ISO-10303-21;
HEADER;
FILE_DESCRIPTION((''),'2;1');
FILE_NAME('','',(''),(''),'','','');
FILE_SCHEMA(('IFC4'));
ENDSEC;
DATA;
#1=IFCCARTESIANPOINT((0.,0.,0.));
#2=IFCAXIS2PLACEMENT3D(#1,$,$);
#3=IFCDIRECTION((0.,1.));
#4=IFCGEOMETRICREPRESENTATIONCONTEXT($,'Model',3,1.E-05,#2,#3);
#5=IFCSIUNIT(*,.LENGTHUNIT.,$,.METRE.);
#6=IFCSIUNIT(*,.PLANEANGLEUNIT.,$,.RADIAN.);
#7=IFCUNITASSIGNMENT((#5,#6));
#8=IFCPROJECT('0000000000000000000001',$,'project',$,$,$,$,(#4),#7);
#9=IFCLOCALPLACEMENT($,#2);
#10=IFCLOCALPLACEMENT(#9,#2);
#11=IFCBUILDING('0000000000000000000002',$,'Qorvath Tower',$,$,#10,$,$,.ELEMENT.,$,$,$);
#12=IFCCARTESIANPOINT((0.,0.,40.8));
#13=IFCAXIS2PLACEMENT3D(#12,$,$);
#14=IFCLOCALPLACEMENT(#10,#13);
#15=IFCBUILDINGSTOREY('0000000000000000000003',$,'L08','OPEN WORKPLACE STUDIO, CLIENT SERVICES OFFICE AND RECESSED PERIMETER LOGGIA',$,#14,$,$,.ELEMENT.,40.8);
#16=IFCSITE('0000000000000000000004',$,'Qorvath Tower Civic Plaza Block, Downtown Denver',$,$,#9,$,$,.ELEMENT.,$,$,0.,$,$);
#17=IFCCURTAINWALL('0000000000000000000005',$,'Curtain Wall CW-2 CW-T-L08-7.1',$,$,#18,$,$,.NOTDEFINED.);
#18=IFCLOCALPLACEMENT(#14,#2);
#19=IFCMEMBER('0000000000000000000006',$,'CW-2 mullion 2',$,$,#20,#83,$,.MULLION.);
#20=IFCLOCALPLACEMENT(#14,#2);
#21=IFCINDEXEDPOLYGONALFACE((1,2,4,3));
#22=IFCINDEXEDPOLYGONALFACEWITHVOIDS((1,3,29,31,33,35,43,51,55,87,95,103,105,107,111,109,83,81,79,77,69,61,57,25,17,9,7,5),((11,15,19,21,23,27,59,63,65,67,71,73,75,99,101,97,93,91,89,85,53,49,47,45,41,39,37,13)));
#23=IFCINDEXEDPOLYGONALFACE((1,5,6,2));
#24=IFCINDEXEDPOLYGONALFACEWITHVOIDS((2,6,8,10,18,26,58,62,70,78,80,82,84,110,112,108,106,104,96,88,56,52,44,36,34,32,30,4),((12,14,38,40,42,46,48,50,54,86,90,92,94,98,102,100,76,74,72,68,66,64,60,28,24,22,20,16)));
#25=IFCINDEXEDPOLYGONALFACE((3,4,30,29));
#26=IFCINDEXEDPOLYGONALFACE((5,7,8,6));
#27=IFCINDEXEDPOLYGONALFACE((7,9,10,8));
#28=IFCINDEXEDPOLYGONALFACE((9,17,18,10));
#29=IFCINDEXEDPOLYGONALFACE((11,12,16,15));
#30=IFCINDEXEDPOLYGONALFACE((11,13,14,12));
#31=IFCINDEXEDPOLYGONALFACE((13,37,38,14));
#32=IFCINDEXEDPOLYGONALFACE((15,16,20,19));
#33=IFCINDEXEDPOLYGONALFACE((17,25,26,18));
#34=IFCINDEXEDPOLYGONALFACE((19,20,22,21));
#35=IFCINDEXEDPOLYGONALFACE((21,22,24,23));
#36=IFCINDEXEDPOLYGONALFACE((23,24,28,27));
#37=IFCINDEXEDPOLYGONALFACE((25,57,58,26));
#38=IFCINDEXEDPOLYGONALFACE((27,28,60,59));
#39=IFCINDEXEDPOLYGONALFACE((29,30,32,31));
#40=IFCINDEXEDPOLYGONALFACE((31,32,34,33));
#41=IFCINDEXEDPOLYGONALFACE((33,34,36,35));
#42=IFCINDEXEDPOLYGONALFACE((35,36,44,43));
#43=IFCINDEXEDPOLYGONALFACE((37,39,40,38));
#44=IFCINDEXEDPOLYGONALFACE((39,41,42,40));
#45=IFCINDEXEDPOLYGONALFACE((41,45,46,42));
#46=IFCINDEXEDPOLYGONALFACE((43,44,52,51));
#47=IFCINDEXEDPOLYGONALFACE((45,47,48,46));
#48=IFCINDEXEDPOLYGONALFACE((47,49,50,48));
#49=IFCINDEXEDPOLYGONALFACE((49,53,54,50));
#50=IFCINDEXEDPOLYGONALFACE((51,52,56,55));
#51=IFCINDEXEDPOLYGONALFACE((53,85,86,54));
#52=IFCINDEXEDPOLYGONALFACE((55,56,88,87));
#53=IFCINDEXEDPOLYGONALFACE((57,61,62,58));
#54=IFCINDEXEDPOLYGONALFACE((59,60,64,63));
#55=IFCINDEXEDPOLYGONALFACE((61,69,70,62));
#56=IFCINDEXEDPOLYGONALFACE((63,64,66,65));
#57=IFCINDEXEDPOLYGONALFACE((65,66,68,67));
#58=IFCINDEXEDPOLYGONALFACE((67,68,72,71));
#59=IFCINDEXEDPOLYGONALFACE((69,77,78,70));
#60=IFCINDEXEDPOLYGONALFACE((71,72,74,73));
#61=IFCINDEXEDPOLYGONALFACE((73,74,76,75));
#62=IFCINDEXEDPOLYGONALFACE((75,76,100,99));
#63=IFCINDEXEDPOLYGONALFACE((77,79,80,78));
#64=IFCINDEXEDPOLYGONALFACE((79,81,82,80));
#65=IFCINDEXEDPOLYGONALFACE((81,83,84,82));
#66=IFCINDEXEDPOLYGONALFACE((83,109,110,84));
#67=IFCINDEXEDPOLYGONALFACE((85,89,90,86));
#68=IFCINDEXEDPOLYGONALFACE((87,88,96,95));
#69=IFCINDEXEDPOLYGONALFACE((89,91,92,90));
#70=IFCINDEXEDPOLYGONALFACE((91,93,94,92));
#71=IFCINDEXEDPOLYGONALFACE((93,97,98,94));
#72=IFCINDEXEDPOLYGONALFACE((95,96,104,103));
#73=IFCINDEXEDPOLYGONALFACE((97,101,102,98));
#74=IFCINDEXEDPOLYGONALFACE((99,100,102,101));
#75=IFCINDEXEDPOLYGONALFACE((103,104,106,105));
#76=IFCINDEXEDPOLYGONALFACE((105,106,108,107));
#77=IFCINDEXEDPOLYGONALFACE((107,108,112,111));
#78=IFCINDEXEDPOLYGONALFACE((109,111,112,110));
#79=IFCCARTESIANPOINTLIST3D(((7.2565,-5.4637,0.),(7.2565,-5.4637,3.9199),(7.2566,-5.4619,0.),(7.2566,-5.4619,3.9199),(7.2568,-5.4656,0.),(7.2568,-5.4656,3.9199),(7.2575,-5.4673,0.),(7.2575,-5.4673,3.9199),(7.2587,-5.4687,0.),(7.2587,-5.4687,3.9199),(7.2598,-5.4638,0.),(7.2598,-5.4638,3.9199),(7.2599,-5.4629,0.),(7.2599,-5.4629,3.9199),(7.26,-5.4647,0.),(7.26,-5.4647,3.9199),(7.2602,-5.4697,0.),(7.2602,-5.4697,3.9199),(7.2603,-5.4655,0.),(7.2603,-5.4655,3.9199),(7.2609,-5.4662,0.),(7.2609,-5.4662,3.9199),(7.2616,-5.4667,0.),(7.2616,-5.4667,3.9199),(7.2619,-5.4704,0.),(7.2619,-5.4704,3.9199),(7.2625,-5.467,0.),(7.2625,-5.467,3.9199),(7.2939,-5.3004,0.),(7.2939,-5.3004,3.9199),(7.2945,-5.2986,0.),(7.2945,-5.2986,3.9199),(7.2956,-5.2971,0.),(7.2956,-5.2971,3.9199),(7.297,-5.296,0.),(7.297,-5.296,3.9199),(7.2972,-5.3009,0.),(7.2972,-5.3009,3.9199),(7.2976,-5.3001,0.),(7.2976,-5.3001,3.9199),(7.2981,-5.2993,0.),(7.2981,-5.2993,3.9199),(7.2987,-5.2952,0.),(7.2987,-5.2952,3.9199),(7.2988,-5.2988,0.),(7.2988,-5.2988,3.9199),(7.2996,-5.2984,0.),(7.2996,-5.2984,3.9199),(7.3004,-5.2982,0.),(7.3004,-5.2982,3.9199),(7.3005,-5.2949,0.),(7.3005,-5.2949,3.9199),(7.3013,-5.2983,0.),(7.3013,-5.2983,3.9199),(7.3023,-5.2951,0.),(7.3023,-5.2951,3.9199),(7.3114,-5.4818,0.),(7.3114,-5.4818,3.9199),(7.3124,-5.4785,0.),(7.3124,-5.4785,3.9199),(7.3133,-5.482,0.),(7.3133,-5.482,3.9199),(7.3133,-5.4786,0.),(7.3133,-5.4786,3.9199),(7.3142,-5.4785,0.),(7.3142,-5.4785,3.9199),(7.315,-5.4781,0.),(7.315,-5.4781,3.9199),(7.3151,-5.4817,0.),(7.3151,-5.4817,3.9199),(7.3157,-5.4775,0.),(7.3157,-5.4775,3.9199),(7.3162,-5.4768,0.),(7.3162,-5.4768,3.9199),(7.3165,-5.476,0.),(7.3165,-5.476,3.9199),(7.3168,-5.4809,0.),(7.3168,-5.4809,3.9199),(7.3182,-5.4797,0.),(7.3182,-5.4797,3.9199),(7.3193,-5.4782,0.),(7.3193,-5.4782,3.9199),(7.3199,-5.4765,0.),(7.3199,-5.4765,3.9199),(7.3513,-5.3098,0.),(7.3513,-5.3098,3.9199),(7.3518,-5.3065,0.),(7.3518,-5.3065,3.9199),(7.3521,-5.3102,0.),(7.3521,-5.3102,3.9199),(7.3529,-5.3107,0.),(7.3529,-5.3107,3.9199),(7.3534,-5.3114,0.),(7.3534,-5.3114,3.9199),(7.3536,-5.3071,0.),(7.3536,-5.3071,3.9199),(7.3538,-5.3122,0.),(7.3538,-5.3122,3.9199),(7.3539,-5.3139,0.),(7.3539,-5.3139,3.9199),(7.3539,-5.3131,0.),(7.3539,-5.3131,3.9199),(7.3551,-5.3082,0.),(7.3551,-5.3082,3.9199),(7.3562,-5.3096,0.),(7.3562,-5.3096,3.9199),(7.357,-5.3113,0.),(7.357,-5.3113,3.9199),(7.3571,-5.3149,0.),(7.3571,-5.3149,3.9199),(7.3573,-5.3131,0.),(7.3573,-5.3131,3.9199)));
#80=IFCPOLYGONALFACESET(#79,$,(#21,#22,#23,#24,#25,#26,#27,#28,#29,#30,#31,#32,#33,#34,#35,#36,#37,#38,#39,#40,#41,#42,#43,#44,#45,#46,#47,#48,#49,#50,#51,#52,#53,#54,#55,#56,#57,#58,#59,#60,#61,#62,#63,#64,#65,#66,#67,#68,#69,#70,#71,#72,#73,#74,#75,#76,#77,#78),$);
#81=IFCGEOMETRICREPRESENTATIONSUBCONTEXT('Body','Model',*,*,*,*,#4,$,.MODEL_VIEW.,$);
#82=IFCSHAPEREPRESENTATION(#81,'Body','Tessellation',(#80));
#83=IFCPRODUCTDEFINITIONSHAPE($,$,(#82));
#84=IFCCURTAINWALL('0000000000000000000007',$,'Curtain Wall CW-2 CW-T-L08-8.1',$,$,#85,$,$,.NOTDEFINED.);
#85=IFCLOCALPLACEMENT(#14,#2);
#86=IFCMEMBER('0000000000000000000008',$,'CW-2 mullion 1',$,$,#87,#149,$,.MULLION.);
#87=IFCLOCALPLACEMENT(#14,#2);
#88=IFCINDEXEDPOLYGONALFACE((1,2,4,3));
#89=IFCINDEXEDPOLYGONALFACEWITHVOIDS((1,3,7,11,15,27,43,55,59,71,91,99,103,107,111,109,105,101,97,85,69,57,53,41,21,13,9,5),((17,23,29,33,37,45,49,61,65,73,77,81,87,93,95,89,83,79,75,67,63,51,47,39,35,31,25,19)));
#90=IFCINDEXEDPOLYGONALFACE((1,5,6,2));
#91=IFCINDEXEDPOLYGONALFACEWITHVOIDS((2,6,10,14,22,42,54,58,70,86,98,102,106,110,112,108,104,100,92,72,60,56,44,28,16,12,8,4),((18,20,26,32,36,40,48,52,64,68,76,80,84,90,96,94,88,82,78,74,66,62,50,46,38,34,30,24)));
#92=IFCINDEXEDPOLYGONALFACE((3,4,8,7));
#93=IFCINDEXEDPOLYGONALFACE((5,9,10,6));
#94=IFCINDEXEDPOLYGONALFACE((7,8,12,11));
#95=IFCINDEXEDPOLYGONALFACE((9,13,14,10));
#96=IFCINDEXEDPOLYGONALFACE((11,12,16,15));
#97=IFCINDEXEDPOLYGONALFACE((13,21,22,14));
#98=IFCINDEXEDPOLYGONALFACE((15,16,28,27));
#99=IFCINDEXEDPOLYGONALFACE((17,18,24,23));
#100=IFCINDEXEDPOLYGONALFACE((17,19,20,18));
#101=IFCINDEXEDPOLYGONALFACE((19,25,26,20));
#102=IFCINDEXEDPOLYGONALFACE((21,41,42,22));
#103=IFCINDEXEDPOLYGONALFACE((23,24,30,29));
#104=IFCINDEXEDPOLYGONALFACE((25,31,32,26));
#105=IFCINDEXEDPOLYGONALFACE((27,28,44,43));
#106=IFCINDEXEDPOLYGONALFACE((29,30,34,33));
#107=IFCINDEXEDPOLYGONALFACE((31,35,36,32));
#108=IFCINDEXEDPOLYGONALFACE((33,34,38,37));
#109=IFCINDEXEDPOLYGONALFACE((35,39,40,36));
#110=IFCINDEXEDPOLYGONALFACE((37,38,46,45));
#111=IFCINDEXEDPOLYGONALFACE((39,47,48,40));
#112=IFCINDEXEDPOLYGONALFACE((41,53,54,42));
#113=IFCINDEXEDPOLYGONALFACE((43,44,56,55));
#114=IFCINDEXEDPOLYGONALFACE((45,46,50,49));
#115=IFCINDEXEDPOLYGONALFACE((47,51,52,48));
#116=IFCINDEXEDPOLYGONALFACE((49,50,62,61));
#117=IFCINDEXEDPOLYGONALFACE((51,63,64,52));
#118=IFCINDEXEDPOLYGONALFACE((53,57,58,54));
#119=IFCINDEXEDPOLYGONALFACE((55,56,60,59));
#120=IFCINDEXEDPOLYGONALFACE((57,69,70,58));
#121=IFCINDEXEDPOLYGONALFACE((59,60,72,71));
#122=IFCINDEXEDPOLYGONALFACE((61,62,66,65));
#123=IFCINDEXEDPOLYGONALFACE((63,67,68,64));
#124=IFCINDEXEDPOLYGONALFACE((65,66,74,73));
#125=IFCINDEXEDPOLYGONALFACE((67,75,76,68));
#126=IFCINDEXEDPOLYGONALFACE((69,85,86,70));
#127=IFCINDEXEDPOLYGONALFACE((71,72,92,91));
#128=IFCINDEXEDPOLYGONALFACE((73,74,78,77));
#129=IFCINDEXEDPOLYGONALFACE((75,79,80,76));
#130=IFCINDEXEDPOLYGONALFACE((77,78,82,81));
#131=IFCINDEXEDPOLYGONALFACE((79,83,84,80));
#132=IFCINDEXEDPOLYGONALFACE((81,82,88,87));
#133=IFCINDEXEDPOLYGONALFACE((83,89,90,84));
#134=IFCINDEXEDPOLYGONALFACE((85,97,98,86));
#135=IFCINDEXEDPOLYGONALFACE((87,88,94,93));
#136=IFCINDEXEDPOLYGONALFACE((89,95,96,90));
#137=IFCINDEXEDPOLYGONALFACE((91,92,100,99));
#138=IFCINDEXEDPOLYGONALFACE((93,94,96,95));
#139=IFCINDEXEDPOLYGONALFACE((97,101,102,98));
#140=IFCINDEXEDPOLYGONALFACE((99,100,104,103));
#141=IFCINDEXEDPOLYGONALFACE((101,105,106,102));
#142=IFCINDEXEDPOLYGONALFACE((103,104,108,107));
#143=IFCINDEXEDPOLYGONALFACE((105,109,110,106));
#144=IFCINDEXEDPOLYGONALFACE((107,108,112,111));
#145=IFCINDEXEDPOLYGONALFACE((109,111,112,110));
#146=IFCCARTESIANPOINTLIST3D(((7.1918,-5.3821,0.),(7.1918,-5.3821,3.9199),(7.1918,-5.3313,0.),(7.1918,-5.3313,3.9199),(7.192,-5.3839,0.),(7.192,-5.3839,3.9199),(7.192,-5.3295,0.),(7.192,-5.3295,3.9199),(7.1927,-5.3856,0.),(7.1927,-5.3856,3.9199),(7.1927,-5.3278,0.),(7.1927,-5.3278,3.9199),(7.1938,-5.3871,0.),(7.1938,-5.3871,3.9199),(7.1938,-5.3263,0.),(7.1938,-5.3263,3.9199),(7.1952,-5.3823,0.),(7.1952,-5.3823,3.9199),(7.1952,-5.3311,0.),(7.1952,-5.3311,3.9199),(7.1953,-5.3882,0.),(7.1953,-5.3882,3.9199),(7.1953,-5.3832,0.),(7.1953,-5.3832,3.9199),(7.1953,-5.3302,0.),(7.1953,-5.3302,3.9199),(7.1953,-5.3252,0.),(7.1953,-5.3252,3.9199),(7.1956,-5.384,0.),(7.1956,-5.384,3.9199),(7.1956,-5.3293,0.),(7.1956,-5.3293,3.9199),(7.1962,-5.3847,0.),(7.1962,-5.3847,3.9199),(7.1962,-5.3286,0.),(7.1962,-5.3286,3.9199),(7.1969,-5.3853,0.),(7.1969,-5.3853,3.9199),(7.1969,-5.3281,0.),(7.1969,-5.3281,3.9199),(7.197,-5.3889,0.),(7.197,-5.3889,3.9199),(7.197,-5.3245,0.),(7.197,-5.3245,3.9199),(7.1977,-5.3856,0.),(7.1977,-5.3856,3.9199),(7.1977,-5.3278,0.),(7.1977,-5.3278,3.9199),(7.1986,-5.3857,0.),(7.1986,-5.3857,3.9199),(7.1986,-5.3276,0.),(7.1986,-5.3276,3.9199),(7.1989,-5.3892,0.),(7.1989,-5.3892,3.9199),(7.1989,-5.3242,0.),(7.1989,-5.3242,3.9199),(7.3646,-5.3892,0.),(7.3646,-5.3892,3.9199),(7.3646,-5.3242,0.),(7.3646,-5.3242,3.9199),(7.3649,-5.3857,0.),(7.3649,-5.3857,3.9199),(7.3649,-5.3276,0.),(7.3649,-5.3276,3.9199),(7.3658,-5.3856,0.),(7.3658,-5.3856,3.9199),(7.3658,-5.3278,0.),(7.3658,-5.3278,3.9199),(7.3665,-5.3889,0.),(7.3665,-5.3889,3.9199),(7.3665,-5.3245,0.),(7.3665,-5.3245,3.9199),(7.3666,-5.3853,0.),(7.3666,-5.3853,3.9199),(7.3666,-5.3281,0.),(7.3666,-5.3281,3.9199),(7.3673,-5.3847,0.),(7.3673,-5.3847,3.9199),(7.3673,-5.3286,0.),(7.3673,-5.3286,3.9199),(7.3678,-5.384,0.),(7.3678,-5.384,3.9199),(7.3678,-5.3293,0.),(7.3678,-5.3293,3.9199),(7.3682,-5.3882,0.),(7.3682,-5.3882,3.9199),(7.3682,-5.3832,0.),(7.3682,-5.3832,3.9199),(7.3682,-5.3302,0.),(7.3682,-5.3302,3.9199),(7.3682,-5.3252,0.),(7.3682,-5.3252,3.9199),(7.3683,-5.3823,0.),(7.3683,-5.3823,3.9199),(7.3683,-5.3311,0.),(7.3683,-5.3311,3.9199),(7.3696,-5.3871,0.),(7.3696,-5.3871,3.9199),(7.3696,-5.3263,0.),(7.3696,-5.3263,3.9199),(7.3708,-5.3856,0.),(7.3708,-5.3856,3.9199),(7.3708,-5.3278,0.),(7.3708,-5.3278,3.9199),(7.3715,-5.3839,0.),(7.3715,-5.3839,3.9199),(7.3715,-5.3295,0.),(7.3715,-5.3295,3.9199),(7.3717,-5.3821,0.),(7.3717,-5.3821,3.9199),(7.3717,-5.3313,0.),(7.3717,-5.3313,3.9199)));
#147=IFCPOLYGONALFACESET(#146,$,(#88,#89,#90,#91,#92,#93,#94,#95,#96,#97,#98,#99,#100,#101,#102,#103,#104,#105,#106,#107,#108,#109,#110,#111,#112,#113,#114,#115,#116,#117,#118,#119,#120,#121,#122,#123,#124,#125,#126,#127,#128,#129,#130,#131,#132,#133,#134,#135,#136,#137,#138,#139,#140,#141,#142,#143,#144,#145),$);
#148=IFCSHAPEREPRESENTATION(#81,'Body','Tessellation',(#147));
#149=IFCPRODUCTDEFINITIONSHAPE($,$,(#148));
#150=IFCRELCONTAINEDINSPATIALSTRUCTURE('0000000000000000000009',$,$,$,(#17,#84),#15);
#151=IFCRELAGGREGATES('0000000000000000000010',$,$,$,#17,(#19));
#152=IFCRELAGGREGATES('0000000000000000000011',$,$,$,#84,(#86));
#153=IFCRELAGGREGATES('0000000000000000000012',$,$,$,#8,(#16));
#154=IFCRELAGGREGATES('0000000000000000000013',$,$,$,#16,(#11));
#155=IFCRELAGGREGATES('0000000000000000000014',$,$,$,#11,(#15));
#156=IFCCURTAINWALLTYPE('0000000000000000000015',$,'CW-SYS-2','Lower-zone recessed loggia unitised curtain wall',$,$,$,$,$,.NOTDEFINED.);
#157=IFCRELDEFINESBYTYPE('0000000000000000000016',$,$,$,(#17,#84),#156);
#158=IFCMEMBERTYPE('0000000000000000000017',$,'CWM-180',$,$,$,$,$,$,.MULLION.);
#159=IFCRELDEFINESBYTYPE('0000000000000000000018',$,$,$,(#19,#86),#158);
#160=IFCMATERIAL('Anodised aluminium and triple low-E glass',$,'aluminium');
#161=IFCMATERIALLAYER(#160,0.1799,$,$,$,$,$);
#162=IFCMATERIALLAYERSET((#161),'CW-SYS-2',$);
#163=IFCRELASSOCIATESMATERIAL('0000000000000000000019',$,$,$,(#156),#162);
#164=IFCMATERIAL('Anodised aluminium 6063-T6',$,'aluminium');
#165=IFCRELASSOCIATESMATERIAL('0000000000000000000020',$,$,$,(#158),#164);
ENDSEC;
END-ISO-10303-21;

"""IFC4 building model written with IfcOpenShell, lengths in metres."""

from ifc_helpers import new_model, si_unit, direction, frame, origin, origin_2d, place, context, subcontext, project, spatial, hollow_rectangle, extrude, material, layer, layer_set, material_profile, profile_set, type_object, element, aggregate, save


model = new_model("IFC4")

# Units and contexts
model_context = context("Model", 3, precision=1e-05, world=origin(), true_north=direction((0.0, 1.0)))
body_context = subcontext(model_context, "Body", "Model", "MODEL_VIEW")
ifc_project = project(units=[si_unit("LENGTHUNIT", "METRE"), si_unit("PLANEANGLEUNIT", "RADIAN")], contexts=[model_context])

# Site, building, storey
site_placement = place(None, origin())
site = spatial("IfcSite", under=ifc_project, at=site_placement, Name="Qorvath Tower Civic Plaza Block, Downtown Denver", CompositionType="ELEMENT", RefElevation=0.0)
building_placement = place(site_placement, origin())
building = spatial("IfcBuilding", under=site, at=building_placement, Name="Qorvath Tower", CompositionType="ELEMENT")
storey_placement = place(building_placement, frame((0.0, 0.0, 40.8)))
storey = spatial("IfcBuildingStorey", under=building, at=storey_placement, Name="L08", Description="OPEN WORKPLACE STUDIO, CLIENT SERVICES OFFICE AND RECESSED PERIMETER LOGGIA", CompositionType="ELEMENT", Elevation=40.8)

# Curtain wall, member
ifc_material_1 = material(Name="Anodised aluminium and triple low-E glass", Category="aluminium")
ifc_layer_1 = layer(ifc_material_1, 0.1799)
ifc_layer_set_1 = layer_set([ifc_layer_1], Name="CW-SYS-2")
curtain_wall_type = type_object("IfcCurtainWallType", Name="CW-SYS-2", Description="Lower-zone recessed loggia unitised curtain wall", PredefinedType="NOTDEFINED", material=ifc_layer_set_1)
curtain_wall_1_placement = place(storey_placement, origin())
curtain_wall_1 = element("IfcCurtainWall", 1, at=curtain_wall_1_placement, inside=storey, type_object=curtain_wall_type, Name="Curtain Wall CW-2 CW-T-L08-7.1", PredefinedType="NOTDEFINED")
ifc_material_2 = material(Name="Anodised aluminium 6063-T6", Category="aluminium")
ifc_material_profile_1 = material_profile(ifc_material_2, hollow_rectangle(XDim=0.0649, YDim=0.1799, WallThickness=0.0034, InnerFilletRadius=0.0034, OuterFilletRadius=0.0071, at=origin_2d()), Name="CWM 180x65")
ifc_profile_set_1 = profile_set([ifc_material_profile_1], Name="Anodised aluminium 6063-T6")
member_type_1 = type_object("IfcMemberType", Name="CWM-180", PredefinedType="MULLION", material=ifc_profile_set_1)
member_1_placement = place(storey_placement, frame((7.3069, -5.3884, 0.0), z_axis=(0.0, 0.0, 1.0), x_axis=(-0.974466, 0.224535, 0.0)))
member_1 = element("IfcMember", 2, at=member_1_placement, type_object=member_type_1, Name="CW-2 mullion 2", PredefinedType="MULLION", context=body_context, shape_type="SweptSolid", body=[
    extrude(hollow_rectangle(XDim=0.0649, YDim=0.1799, WallThickness=0.0034, InnerFilletRadius=0.0034, OuterFilletRadius=0.0071, at=origin_2d()), origin(), (0.0, 0.0, 1.0), 3.9199),
])
aggregate(curtain_wall_1, [member_1])

# Curtain wall, member
curtain_wall_2_placement = place(storey_placement, origin())
curtain_wall_2 = element("IfcCurtainWall", 3, at=curtain_wall_2_placement, inside=storey, type_object=curtain_wall_type, Name="Curtain Wall CW-2 CW-T-L08-8.1", PredefinedType="NOTDEFINED")
member_2_placement = place(storey_placement, frame((7.2817, -5.3567, 0.0), z_axis=(0.0, 0.0, 1.0), x_axis=(0.0, -1.0, 0.0)))
member_2 = element("IfcMember", 4, at=member_2_placement, type_object=member_type_1, Name="CW-2 mullion 1", PredefinedType="MULLION", context=body_context, shape_type="SweptSolid", body=[
    extrude(hollow_rectangle(XDim=0.0649, YDim=0.1799, WallThickness=0.0034, InnerFilletRadius=0.0034, OuterFilletRadius=0.0071, at=origin_2d()), origin(), (0.0, 0.0, 1.0), 3.9199),
])

aggregate(curtain_wall_2, [member_2])

save(model, "model.ifc")
